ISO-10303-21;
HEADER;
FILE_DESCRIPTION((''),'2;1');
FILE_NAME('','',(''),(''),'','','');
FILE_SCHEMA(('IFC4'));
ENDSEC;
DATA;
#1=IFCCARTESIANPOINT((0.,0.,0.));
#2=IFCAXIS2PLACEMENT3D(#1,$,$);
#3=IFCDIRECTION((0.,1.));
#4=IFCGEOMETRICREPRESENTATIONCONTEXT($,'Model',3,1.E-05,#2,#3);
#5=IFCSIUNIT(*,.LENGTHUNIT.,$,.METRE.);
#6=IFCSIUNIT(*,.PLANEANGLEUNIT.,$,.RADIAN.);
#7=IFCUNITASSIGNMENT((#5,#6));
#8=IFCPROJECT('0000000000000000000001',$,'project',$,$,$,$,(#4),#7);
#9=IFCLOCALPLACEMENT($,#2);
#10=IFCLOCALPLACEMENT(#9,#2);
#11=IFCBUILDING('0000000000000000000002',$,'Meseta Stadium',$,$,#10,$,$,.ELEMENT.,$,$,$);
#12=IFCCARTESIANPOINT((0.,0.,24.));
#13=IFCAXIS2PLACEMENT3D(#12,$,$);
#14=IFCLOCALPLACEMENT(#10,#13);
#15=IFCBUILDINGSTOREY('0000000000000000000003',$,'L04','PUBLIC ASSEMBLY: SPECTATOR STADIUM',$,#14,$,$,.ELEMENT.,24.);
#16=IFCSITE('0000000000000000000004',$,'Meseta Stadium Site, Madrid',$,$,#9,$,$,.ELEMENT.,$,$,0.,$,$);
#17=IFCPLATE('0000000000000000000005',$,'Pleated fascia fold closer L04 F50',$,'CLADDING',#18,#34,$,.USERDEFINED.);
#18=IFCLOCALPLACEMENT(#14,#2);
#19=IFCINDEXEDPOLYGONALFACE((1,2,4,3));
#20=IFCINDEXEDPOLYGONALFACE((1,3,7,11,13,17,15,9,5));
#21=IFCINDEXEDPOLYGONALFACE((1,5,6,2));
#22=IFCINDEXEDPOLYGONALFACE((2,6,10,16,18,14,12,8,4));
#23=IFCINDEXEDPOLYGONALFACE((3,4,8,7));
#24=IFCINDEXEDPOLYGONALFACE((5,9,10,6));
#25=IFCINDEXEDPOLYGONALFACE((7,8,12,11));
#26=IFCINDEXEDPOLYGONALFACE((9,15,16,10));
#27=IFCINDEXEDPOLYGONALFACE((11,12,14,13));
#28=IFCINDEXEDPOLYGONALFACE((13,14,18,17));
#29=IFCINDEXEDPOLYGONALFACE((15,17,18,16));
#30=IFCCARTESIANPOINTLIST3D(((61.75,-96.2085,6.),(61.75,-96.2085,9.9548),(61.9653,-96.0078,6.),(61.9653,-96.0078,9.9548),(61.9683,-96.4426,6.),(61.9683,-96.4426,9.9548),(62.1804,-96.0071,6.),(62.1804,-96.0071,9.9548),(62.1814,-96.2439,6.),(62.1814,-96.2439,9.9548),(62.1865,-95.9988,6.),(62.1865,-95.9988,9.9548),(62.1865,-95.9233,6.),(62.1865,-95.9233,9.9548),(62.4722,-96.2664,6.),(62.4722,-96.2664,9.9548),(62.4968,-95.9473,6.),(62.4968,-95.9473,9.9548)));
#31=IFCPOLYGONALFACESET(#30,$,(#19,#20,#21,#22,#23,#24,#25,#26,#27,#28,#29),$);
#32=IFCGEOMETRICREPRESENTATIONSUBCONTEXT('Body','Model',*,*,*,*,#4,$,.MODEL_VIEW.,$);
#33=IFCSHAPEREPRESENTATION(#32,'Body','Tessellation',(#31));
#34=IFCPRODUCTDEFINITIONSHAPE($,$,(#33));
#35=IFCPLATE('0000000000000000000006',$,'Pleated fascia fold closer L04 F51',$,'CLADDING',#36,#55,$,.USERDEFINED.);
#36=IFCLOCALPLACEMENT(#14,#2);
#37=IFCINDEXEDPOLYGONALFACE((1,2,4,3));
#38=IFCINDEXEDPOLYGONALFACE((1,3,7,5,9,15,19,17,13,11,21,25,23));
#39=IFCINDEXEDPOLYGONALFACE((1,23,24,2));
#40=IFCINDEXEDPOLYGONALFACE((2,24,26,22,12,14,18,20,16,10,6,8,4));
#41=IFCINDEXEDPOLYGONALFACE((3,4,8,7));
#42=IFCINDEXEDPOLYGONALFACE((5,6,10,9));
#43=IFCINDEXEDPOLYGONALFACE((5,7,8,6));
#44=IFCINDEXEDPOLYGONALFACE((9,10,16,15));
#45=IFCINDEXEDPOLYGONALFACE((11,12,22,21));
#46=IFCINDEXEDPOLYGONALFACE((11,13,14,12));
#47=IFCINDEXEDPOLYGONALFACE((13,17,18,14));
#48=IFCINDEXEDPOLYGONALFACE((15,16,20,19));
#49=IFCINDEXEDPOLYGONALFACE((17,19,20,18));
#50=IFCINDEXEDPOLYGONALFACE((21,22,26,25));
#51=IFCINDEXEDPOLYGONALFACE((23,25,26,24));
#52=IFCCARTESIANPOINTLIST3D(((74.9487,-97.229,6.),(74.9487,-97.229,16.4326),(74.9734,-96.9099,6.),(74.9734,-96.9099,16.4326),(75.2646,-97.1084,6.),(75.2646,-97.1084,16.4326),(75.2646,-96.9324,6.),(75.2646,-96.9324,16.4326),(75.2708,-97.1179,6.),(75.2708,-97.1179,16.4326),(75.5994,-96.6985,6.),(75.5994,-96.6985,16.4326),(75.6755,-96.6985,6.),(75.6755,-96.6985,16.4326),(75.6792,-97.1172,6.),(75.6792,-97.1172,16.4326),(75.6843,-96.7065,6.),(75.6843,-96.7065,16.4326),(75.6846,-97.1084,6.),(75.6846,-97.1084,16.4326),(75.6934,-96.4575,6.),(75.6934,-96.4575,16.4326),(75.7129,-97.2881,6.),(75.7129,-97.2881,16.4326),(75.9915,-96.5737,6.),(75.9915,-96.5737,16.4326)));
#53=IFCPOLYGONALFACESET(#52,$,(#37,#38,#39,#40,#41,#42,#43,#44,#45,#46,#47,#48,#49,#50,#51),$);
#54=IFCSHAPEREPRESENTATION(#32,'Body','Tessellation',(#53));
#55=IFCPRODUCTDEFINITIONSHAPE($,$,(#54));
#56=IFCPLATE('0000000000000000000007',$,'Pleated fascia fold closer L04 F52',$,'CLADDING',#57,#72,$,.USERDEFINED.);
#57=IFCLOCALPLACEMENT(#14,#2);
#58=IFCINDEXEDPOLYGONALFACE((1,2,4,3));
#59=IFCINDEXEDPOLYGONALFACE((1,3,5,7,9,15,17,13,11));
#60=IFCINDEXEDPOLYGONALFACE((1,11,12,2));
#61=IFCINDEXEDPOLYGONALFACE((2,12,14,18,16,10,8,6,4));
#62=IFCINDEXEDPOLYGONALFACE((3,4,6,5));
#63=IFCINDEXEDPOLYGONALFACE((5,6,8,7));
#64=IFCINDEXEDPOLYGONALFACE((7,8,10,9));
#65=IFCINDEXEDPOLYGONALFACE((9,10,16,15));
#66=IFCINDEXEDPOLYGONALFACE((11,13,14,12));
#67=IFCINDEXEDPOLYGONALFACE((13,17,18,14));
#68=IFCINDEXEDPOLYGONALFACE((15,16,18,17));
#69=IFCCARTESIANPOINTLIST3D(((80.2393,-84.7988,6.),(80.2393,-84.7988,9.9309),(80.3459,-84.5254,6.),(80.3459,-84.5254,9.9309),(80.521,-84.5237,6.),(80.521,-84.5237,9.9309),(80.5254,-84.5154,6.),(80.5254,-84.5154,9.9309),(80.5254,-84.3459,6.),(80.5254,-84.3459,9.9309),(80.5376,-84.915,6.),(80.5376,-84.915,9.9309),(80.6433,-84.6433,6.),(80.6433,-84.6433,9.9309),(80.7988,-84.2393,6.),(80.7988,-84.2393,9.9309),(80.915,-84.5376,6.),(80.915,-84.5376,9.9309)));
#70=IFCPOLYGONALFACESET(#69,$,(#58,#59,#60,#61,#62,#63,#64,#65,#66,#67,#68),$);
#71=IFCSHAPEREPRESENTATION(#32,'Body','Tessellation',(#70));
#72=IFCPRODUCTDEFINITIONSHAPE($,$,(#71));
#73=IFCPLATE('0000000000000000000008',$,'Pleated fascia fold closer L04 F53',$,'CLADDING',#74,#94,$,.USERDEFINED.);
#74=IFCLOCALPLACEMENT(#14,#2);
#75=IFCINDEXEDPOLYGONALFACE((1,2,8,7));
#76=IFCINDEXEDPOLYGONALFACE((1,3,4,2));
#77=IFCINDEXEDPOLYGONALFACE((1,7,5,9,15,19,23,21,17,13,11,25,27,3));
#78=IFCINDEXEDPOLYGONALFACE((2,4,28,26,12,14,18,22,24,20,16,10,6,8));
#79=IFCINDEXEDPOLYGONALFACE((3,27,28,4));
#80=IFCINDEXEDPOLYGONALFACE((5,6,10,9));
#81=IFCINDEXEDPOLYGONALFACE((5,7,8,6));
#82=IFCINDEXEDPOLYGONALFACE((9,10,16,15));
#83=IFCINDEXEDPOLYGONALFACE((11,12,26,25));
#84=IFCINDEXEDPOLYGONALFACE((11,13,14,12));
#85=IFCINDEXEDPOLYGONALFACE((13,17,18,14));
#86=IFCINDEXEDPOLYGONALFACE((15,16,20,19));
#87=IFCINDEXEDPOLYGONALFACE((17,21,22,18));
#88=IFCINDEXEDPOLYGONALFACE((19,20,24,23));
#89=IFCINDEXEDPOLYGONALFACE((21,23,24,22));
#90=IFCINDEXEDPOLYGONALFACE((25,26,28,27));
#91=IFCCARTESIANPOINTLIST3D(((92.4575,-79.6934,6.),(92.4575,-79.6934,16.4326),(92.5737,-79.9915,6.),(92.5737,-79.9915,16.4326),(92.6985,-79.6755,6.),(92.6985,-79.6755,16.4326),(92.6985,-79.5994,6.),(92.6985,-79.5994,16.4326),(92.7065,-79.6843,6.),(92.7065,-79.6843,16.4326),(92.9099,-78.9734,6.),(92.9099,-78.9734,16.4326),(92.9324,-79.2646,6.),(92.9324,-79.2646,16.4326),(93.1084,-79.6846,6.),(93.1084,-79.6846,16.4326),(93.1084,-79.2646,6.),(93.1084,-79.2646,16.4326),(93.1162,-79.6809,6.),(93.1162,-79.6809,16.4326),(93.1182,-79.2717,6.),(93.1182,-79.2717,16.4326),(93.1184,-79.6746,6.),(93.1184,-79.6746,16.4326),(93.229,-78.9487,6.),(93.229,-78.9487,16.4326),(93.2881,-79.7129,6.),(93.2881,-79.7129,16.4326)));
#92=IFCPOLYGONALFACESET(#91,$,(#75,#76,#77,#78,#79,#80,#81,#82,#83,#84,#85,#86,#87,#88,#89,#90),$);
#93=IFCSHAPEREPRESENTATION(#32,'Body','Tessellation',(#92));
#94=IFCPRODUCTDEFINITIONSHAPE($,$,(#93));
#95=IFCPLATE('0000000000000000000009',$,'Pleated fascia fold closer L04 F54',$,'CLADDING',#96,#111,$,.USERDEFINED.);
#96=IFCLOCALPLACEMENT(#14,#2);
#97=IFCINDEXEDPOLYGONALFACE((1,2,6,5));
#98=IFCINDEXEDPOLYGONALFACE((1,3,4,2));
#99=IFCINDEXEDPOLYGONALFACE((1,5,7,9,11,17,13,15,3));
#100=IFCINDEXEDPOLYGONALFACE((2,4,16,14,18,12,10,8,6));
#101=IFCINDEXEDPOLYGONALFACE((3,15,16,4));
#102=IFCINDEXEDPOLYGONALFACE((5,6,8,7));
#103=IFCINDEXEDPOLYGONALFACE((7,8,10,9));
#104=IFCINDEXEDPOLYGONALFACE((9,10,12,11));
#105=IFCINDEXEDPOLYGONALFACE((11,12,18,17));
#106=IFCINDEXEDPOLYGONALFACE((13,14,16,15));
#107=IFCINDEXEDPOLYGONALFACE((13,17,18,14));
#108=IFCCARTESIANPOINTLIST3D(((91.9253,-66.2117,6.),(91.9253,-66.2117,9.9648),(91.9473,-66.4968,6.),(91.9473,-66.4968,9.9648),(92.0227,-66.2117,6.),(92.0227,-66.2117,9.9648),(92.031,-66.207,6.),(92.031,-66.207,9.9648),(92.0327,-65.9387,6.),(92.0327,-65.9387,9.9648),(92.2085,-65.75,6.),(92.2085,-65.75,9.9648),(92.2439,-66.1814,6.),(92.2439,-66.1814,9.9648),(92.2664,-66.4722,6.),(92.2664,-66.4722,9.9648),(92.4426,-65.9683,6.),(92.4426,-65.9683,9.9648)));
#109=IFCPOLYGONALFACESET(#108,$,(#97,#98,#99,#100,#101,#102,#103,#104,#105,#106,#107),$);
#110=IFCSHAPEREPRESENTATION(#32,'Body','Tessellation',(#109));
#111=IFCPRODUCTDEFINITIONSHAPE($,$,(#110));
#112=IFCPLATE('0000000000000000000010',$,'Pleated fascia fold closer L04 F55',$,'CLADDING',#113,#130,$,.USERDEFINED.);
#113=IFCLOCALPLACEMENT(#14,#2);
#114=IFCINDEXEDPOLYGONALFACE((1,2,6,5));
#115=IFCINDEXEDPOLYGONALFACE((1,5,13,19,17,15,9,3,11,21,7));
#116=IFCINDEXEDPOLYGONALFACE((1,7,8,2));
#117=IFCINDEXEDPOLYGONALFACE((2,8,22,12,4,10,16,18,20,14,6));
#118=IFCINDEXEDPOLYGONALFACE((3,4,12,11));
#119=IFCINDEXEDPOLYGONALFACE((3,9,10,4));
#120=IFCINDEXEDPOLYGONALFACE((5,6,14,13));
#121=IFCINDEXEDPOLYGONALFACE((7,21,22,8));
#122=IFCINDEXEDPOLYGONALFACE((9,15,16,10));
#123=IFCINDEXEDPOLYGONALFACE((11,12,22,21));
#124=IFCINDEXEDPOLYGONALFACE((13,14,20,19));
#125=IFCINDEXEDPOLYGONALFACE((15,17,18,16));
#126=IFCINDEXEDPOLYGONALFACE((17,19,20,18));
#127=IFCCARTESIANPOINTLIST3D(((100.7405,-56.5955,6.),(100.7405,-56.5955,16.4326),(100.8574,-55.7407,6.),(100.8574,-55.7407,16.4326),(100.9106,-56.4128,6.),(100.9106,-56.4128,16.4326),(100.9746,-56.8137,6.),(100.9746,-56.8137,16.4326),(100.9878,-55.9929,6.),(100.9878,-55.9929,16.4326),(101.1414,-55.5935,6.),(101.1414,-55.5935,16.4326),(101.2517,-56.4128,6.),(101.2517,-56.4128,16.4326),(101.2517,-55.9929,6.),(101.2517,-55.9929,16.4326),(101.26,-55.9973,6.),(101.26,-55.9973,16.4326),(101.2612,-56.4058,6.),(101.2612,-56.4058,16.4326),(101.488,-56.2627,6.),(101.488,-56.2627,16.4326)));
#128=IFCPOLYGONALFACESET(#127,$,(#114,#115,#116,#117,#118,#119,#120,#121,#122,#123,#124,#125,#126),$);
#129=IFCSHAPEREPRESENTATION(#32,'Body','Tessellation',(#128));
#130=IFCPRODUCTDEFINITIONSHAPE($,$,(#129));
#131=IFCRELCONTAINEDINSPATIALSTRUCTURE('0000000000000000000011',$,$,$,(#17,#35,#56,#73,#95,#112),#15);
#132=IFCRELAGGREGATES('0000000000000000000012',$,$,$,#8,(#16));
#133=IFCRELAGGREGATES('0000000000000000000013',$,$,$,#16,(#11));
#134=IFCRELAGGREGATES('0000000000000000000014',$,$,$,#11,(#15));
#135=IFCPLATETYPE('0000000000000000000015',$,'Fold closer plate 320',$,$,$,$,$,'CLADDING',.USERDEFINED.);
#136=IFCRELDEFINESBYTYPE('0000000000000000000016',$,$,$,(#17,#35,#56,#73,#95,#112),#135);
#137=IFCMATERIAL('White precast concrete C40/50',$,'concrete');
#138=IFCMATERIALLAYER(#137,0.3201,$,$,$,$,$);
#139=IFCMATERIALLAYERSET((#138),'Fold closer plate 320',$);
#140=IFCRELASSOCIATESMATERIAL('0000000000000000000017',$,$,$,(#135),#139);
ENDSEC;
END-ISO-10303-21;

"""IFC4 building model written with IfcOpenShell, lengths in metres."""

from ifc_helpers import new_model, si_unit, direction, frame, origin, place, context, subcontext, project, spatial, polyline, outline, extrude, material, layer, layer_set, type_object, element, save


model = new_model("IFC4")

# Units and contexts
model_context = context("Model", 3, precision=1e-05, world=origin(), true_north=direction((0.0, 1.0)))
body_context = subcontext(model_context, "Body", "Model", "MODEL_VIEW")
ifc_project = project(units=[si_unit("LENGTHUNIT", "METRE"), si_unit("PLANEANGLEUNIT", "RADIAN")], contexts=[model_context])

# Site, building, storey
site_placement = place(None, origin())
site = spatial("IfcSite", under=ifc_project, at=site_placement, Name="Meseta Stadium Site, Madrid", CompositionType="ELEMENT", RefElevation=0.0)
building_placement = place(site_placement, origin())
building = spatial("IfcBuilding", under=site, at=building_placement, Name="Meseta Stadium", CompositionType="ELEMENT")
storey_placement = place(building_placement, frame((0.0, 0.0, 24.0)))
storey = spatial("IfcBuildingStorey", under=building, at=storey_placement, Name="L04", Description="PUBLIC ASSEMBLY: SPECTATOR STADIUM", CompositionType="ELEMENT", Elevation=24.0)

# Plates
ifc_material_1 = material(Name="White precast concrete C40/50", Category="concrete")
ifc_layer_1 = layer(ifc_material_1, 0.3201)
ifc_layer_set_1 = layer_set([ifc_layer_1], Name="Fold closer plate 320")
plate_type = type_object("IfcPlateType", Name="Fold closer plate 320", ElementType="CLADDING", PredefinedType="USERDEFINED", material=ifc_layer_set_1)
plate_1_placement = place(storey_placement, frame((0.0, 0.0, 6.0)))
element("IfcPlate", 1, at=plate_1_placement, inside=storey, type_object=plate_type, Name="Pleated fascia fold closer L04 F50", ObjectType="CLADDING", PredefinedType="USERDEFINED", context=body_context, shape_type="SweptSolid", body=[
    extrude(outline(polyline([(61.9653, -96.0078), (61.75, -96.2085), (61.9683, -96.4426), (62.1814, -96.2439), (62.4722, -96.2664), (62.4968, -95.9473), (62.1865, -95.9233), (62.1865, -95.9988), (62.1804, -96.0071), (61.9653, -96.0078)])), origin(), (0.0, 0.0, 1.0), 3.9548),
])
plate_2_placement = place(storey_placement, frame((0.0, 0.0, 6.0)))
element("IfcPlate", 2, at=plate_2_placement, inside=storey, type_object=plate_type, Name="Pleated fascia fold closer L04 F51", ObjectType="CLADDING", PredefinedType="USERDEFINED", context=body_context, shape_type="SweptSolid", body=[
    extrude(outline(polyline([(75.2646, -96.9324), (74.9734, -96.9099), (74.9487, -97.229), (75.7129, -97.2881), (75.9915, -96.5737), (75.6934, -96.4575), (75.5994, -96.6985), (75.6755, -96.6985), (75.6843, -96.7065), (75.6846, -97.1084), (75.6792, -97.1172), (75.2708, -97.1179), (75.2646, -97.1084), (75.2646, -96.9324)])), origin(), (0.0, 0.0, 1.0), 10.4326),
])
plate_3_placement = place(storey_placement, frame((0.0, 0.0, 6.0)))
element("IfcPlate", 3, at=plate_3_placement, inside=storey, type_object=plate_type, Name="Pleated fascia fold closer L04 F52", ObjectType="CLADDING", PredefinedType="USERDEFINED", context=body_context, shape_type="SweptSolid", body=[
    extrude(outline(polyline([(80.3459, -84.5254), (80.2393, -84.7988), (80.5376, -84.915), (80.6433, -84.6433), (80.915, -84.5376), (80.7988, -84.2393), (80.5254, -84.3459), (80.5254, -84.5154), (80.521, -84.5237), (80.3459, -84.5254)])), origin(), (0.0, 0.0, 1.0), 3.9309),
])
plate_4_placement = place(storey_placement, frame((0.0, 0.0, 6.0)))
element("IfcPlate", 4, at=plate_4_placement, inside=storey, type_object=plate_type, Name="Pleated fascia fold closer L04 F53", ObjectType="CLADDING", PredefinedType="USERDEFINED", context=body_context, shape_type="SweptSolid", body=[
    extrude(outline(polyline([(92.6985, -79.5994), (92.4575, -79.6934), (92.5737, -79.9915), (93.2881, -79.7129), (93.229, -78.9487), (92.9099, -78.9734), (92.9324, -79.2646), (93.1084, -79.2646), (93.1182, -79.2717), (93.1184, -79.6746), (93.1162, -79.6809), (93.1084, -79.6846), (92.7065, -79.6843), (92.6985, -79.6755), (92.6985, -79.5994)])), origin(), (0.0, 0.0, 1.0), 10.4326),
])
plate_5_placement = place(storey_placement, frame((0.0, 0.0, 6.0)))
element("IfcPlate", 5, at=plate_5_placement, inside=storey, type_object=plate_type, Name="Pleated fascia fold closer L04 F54", ObjectType="CLADDING", PredefinedType="USERDEFINED", context=body_context, shape_type="SweptSolid", body=[
    extrude(outline(polyline([(92.2085, -65.75), (92.0327, -65.9387), (92.031, -66.207), (92.0227, -66.2117), (91.9253, -66.2117), (91.9473, -66.4968), (92.2664, -66.4722), (92.2439, -66.1814), (92.4426, -65.9683), (92.2085, -65.75)])), origin(), (0.0, 0.0, 1.0), 3.9648),
])
plate_6_placement = place(storey_placement, frame((0.0, 0.0, 6.0)))
element("IfcPlate", 6, at=plate_6_placement, inside=storey, type_object=plate_type, Name="Pleated fascia fold closer L04 F55", ObjectType="CLADDING", PredefinedType="USERDEFINED", context=body_context, shape_type="SweptSolid", body=[
    extrude(outline(polyline([(100.9106, -56.4128), (100.7405, -56.5955), (100.9746, -56.8137), (101.488, -56.2627), (101.1414, -55.5935), (100.8574, -55.7407), (100.9878, -55.9929), (101.2517, -55.9929), (101.26, -55.9973), (101.2612, -56.4058), (101.2517, -56.4128), (100.9106, -56.4128)])), origin(), (0.0, 0.0, 1.0), 10.4326),
])

save(model, "model.ifc")
